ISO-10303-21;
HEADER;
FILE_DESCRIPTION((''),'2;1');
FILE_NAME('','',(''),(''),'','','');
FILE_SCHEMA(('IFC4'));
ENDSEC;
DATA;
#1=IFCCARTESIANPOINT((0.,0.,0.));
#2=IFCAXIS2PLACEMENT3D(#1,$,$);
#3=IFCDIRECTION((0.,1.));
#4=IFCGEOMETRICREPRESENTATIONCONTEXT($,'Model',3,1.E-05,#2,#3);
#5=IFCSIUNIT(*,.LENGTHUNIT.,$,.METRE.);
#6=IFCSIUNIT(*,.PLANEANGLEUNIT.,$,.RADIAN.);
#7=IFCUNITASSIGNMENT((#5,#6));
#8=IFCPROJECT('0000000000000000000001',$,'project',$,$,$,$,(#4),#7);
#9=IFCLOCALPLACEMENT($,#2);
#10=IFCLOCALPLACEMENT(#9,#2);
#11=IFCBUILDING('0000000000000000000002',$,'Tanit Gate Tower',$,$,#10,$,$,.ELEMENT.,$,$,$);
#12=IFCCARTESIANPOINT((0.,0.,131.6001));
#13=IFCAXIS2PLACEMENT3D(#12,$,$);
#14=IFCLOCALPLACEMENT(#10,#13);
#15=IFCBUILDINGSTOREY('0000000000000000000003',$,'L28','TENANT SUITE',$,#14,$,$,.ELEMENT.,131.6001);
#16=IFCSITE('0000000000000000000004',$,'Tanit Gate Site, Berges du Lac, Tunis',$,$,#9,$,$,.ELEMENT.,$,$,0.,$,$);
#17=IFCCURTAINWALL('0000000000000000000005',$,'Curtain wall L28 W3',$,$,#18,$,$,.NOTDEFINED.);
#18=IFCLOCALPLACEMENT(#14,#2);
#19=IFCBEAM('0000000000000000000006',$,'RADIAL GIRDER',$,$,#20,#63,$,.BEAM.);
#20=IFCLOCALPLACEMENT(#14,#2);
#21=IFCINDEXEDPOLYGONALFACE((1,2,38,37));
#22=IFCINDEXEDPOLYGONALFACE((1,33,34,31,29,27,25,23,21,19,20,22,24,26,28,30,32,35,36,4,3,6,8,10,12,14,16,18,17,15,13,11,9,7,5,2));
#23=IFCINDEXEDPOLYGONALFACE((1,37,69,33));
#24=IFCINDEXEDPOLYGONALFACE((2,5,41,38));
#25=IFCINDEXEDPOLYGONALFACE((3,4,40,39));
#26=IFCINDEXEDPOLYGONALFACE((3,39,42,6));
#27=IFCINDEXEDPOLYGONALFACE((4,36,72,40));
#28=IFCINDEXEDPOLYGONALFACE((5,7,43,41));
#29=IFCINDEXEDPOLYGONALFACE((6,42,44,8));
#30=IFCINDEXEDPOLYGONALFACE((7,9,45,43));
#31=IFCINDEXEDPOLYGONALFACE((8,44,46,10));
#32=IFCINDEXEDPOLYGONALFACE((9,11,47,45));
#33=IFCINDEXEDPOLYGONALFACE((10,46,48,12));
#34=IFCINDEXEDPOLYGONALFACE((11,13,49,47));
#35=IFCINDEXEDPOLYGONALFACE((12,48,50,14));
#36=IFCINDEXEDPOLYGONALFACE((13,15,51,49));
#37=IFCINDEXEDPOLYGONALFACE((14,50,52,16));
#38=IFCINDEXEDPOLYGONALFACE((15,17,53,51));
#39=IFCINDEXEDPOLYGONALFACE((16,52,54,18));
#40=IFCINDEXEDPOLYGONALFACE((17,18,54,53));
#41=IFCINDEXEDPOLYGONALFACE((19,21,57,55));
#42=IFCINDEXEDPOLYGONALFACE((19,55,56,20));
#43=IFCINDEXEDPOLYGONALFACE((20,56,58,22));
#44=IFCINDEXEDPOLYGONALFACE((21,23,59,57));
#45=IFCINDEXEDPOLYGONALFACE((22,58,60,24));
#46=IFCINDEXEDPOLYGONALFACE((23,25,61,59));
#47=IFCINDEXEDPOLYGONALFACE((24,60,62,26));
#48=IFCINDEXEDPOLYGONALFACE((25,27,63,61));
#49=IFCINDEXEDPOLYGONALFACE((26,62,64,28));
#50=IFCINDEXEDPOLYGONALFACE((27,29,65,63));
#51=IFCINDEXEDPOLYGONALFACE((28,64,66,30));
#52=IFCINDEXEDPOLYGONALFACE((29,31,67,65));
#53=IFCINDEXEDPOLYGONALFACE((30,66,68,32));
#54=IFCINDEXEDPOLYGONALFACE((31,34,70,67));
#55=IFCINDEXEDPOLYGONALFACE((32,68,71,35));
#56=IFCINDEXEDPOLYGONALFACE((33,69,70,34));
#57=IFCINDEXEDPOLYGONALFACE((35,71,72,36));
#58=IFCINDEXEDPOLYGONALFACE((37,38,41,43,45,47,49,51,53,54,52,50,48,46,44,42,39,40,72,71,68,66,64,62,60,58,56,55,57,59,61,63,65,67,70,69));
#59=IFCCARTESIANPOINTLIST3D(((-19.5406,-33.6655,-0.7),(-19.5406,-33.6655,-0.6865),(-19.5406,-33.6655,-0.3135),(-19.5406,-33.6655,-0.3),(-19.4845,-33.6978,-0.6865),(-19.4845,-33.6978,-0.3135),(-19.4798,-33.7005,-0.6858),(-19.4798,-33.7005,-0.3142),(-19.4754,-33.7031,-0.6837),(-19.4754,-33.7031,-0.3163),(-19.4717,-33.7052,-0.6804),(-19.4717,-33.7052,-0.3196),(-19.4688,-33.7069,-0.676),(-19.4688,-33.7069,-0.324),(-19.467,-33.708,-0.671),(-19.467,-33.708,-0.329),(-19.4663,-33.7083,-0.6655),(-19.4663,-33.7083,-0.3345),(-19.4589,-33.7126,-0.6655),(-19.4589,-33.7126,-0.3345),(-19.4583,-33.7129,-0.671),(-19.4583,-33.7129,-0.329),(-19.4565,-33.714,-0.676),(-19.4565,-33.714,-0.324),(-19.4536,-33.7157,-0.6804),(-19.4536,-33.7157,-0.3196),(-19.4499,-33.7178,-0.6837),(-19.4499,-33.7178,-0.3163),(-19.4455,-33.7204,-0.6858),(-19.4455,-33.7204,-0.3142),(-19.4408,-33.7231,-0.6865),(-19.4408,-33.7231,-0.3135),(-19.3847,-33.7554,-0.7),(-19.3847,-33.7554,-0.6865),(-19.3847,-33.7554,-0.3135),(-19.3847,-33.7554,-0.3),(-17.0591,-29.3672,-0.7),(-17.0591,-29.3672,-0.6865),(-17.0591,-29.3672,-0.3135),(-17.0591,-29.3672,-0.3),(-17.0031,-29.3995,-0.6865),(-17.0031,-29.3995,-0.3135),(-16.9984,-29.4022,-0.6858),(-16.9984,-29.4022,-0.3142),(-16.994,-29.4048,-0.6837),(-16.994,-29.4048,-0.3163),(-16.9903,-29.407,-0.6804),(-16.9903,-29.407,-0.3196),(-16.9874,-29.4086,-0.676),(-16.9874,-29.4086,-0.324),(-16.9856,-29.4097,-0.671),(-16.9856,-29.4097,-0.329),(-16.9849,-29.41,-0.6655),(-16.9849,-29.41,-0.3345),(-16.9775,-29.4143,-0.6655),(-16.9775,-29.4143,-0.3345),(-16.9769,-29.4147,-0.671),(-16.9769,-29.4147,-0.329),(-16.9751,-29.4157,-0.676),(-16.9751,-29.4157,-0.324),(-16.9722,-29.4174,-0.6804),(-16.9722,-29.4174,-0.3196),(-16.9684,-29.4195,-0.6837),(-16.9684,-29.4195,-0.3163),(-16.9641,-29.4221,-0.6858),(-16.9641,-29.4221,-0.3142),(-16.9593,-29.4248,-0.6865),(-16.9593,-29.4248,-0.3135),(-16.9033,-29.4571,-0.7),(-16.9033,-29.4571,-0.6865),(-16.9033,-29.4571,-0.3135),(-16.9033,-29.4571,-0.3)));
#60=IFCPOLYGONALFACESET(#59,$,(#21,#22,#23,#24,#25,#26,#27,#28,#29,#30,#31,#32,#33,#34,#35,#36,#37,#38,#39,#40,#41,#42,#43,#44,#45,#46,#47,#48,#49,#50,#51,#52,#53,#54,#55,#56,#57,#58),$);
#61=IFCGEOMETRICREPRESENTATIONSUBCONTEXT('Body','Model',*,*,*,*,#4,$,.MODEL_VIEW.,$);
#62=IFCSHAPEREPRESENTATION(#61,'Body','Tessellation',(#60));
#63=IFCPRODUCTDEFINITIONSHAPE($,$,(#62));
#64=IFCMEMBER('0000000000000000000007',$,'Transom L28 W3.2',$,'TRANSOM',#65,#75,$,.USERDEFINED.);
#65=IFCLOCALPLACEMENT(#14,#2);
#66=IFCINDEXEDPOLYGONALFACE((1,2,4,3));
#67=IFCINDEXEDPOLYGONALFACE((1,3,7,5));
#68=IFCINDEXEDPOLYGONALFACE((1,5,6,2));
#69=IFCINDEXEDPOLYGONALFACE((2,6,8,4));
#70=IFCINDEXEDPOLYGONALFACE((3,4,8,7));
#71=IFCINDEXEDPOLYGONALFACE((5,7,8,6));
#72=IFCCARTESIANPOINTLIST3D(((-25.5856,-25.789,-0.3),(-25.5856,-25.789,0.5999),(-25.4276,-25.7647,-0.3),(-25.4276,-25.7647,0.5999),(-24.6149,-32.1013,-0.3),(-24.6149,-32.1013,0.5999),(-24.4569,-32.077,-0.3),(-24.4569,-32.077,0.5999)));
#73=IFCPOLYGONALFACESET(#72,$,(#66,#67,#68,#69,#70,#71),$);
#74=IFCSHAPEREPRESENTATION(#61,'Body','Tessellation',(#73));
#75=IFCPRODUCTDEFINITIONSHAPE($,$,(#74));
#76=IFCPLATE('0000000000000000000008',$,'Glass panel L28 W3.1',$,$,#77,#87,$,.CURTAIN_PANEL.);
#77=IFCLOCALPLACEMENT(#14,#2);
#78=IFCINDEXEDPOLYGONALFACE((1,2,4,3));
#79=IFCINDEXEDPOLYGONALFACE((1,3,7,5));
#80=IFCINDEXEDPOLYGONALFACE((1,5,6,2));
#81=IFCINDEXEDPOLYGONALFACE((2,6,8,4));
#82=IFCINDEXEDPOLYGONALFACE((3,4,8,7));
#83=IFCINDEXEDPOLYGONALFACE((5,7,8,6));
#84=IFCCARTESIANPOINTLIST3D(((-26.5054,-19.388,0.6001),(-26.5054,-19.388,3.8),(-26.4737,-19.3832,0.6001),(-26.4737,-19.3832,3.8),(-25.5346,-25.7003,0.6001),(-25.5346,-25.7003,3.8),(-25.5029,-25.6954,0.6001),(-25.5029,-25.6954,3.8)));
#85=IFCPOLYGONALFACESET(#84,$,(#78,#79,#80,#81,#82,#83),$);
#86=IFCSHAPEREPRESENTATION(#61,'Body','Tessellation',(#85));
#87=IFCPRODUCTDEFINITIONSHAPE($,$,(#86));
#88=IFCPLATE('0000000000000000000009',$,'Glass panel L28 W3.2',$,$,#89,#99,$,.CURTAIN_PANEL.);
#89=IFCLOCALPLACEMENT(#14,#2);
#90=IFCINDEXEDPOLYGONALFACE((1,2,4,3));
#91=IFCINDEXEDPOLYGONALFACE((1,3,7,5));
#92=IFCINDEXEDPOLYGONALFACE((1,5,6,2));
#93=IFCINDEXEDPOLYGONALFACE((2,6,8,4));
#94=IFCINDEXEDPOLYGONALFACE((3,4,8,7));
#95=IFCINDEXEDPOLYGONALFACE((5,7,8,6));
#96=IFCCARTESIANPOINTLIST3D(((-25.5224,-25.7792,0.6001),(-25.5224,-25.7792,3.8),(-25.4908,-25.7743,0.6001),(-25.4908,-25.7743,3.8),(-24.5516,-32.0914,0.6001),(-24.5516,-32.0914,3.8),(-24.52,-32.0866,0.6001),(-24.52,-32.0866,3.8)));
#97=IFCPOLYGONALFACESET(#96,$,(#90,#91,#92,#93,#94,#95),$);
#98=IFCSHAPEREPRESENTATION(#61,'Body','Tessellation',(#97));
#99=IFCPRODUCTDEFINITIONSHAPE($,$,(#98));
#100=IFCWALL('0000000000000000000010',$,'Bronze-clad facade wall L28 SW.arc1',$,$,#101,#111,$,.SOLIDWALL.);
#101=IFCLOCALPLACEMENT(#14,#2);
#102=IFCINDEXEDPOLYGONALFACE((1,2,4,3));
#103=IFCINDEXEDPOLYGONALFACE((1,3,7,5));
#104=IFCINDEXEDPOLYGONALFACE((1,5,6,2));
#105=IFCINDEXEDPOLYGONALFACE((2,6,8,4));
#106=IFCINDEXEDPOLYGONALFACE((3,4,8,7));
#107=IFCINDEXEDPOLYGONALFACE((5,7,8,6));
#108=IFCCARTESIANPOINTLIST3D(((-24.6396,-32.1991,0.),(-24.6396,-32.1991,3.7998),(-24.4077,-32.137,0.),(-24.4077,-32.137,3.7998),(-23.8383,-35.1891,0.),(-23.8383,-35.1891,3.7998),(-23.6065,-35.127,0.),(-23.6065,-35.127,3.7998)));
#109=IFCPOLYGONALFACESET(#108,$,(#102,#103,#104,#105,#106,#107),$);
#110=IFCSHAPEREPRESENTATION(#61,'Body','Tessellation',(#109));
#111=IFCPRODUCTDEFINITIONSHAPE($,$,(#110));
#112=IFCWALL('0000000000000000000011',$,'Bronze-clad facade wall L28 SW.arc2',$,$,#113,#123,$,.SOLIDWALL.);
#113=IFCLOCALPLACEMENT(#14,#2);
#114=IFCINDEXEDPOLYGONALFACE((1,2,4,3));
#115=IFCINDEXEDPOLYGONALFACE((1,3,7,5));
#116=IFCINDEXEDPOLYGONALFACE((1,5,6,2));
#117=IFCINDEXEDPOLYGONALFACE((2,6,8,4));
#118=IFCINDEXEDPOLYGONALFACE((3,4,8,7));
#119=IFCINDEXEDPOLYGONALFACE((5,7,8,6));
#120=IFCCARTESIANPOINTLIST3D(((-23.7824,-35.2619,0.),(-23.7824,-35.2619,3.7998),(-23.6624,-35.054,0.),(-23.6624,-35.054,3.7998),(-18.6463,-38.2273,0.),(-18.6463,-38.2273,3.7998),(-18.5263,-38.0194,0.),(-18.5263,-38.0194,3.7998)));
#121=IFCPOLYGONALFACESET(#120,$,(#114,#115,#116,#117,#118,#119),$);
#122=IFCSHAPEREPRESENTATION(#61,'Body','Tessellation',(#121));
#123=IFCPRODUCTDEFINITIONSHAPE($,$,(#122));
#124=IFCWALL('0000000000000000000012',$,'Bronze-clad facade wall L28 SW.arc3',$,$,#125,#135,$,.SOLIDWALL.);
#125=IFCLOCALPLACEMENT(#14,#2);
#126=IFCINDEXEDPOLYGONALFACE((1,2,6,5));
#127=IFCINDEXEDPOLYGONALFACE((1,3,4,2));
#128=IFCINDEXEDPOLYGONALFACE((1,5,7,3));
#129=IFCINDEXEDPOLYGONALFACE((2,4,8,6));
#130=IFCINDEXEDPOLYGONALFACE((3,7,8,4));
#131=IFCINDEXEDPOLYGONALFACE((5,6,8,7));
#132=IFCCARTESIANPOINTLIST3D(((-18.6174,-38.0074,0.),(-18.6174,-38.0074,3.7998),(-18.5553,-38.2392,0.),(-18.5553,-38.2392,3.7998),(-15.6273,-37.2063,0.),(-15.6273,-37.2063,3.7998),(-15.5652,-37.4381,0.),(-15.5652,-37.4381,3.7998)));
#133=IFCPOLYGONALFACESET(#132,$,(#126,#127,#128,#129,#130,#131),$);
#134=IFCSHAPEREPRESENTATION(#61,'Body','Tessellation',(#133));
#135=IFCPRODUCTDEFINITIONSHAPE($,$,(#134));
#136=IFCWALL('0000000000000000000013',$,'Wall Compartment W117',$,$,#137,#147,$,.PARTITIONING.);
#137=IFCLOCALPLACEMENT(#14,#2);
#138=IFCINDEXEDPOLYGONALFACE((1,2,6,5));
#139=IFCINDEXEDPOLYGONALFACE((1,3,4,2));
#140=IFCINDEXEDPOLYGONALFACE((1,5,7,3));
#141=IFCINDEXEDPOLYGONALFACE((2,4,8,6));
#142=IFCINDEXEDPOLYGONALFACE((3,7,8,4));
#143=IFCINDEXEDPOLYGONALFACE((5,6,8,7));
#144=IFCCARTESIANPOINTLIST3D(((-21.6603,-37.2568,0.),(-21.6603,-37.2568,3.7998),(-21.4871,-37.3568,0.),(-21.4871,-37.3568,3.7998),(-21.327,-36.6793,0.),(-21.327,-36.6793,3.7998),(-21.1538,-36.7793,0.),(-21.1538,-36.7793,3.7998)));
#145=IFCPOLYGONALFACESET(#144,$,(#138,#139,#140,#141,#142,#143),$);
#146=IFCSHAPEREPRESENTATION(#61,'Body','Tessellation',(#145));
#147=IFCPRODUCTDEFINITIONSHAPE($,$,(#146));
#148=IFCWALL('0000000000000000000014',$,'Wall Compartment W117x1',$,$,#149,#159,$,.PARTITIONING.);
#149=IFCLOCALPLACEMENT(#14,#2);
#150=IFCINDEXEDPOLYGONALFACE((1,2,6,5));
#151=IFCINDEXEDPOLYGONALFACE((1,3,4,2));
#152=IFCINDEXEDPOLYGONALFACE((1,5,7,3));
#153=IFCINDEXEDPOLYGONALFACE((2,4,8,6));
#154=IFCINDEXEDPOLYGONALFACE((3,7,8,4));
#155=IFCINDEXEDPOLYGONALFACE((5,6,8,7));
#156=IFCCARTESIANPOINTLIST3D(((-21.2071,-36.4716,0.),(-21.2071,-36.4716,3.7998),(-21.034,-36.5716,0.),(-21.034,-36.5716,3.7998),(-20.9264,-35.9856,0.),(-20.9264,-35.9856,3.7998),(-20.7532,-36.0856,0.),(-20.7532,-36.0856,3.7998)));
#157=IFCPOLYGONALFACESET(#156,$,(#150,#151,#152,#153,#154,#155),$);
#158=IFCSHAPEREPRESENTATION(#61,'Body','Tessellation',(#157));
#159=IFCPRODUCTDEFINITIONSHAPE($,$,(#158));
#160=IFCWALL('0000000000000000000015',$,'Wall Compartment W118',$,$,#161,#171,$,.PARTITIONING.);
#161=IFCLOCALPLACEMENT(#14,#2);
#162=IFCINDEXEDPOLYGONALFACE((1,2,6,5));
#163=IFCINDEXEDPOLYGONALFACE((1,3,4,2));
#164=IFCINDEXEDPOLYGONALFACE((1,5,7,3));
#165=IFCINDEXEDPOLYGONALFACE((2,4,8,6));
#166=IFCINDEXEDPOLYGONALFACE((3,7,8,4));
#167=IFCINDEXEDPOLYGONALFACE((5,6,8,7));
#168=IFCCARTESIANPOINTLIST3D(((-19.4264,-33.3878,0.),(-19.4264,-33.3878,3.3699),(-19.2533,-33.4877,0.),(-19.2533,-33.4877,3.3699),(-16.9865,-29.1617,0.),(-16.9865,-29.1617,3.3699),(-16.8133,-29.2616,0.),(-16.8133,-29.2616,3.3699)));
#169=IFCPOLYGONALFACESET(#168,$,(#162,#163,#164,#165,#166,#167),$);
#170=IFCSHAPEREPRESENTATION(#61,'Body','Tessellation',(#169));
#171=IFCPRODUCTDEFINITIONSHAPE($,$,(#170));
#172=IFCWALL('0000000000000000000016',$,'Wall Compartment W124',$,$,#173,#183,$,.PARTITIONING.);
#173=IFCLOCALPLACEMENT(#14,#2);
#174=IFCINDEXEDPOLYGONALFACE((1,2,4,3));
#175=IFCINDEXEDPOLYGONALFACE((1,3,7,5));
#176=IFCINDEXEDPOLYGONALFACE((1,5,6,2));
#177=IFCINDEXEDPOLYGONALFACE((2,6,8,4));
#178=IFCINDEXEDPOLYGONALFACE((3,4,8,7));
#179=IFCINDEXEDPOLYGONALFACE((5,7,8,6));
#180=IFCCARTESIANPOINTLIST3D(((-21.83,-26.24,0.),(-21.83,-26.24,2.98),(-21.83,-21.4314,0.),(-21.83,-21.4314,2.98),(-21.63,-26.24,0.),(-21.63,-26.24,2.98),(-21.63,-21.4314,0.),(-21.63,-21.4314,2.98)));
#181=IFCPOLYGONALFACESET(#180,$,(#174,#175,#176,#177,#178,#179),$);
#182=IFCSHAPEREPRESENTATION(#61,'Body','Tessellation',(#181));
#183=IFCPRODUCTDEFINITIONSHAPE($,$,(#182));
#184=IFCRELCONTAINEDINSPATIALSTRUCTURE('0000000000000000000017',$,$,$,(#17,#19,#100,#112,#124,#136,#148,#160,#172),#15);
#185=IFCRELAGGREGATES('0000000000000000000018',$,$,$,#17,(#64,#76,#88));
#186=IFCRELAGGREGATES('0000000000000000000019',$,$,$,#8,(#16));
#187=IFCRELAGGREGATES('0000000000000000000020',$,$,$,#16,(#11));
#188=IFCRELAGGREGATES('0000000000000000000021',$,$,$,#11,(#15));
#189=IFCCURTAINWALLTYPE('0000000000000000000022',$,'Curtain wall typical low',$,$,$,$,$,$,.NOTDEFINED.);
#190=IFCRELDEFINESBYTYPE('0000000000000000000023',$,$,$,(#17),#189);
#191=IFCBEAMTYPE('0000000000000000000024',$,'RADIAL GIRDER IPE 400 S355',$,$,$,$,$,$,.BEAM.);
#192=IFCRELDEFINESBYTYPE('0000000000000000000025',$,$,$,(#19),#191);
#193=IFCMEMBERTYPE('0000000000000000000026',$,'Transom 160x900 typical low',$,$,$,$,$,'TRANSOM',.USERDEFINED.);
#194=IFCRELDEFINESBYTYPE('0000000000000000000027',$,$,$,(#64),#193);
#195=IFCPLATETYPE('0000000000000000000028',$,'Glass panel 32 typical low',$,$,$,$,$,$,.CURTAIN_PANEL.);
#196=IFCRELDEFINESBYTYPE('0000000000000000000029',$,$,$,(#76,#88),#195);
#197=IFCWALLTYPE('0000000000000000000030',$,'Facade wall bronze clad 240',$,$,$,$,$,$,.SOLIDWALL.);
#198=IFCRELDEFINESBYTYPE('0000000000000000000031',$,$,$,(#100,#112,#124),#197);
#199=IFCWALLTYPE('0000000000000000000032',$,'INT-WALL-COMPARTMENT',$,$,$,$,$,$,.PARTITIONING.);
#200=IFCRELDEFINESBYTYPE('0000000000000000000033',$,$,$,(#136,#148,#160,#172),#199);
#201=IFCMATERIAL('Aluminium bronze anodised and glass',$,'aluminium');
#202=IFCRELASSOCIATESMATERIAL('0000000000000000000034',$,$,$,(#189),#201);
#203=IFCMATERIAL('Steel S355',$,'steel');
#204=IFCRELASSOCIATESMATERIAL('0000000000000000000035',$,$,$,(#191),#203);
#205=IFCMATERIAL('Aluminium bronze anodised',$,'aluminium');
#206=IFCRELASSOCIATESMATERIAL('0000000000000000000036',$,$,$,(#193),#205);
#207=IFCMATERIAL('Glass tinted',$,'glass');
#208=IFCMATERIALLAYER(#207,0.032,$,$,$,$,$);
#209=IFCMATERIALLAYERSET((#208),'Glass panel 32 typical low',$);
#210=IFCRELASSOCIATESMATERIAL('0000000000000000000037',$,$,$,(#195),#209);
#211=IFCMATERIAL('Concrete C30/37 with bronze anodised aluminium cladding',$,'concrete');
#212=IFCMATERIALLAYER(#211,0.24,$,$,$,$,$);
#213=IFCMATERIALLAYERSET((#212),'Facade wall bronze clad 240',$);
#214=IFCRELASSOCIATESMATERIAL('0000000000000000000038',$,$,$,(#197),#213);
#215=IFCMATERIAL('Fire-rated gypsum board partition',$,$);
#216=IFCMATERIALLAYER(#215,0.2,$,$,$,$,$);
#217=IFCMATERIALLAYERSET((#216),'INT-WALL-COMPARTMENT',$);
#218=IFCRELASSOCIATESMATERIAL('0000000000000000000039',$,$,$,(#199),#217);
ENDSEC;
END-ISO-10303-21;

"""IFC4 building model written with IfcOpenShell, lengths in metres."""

from ifc_helpers import new_model, si_unit, direction, frame, frame_2d, origin, origin_2d, place, context, subcontext, project, spatial, rectangle, i_section, extrude, material, layer, layer_set, material_profile, profile_set, type_object, element, aggregate, save


model = new_model("IFC4")

# Units and contexts
model_context = context("Model", 3, precision=1e-05, world=origin(), true_north=direction((0.0, 1.0)))
body_context = subcontext(model_context, "Body", "Model", "MODEL_VIEW")
ifc_project = project(units=[si_unit("LENGTHUNIT", "METRE"), si_unit("PLANEANGLEUNIT", "RADIAN")], contexts=[model_context])

# Site, building, storey
site_placement = place(None, origin())
site = spatial("IfcSite", under=ifc_project, at=site_placement, Name="Tanit Gate Site, Berges du Lac, Tunis", CompositionType="ELEMENT", RefElevation=0.0)
building_placement = place(site_placement, origin())
building = spatial("IfcBuilding", under=site, at=building_placement, Name="Tanit Gate Tower", CompositionType="ELEMENT")
storey_placement = place(building_placement, frame((0.0, 0.0, 131.6001)))
storey = spatial("IfcBuildingStorey", under=building, at=storey_placement, Name="L28", Description="TENANT SUITE", CompositionType="ELEMENT", Elevation=131.6001)

# Curtain wall
ifc_material_1 = material(Name="Aluminium bronze anodised and glass", Category="aluminium")
curtain_wall_type = type_object("IfcCurtainWallType", Name="Curtain wall typical low", PredefinedType="NOTDEFINED", material=ifc_material_1)
curtain_wall_placement = place(storey_placement, origin())
curtain_wall = element("IfcCurtainWall", 1, at=curtain_wall_placement, inside=storey, type_object=curtain_wall_type, Name="Curtain wall L28 W3", PredefinedType="NOTDEFINED")

# Beam
ifc_material_2 = material(Name="Steel S355", Category="steel")
ifc_material_profile_1 = material_profile(ifc_material_2, i_section(OverallWidth=0.1799, OverallDepth=0.3999, WebThickness=0.0085, FlangeThickness=0.0134, FilletRadius=0.021, at=origin_2d()), Name="IPE 400")
ifc_profile_set_1 = profile_set([ifc_material_profile_1], Name="Steel S355")
beam_type_1 = type_object("IfcBeamType", Name="RADIAL GIRDER IPE 400 S355", PredefinedType="BEAM", material=ifc_profile_set_1)
beam_1_placement = place(storey_placement, frame((-19.4626, -33.7104, -0.5), z_axis=(0.499969, 0.866043, 0.0), x_axis=(-0.866043, 0.499969, 0.0)))
element("IfcBeam", 2, at=beam_1_placement, inside=storey, type_object=beam_type_1, Name="RADIAL GIRDER", PredefinedType="BEAM", context=body_context, shape_type="SweptSolid", body=[
    extrude(i_section(OverallWidth=0.1799, OverallDepth=0.3999, WebThickness=0.0085, FlangeThickness=0.0134, FilletRadius=0.021, at=origin_2d()), origin(), (0.0, 0.0, 1.0), 4.9631),
])

# Member
ifc_material_3 = material(Name="Aluminium bronze anodised", Category="aluminium")
ifc_material_profile_2 = material_profile(ifc_material_3, rectangle(XDim=0.1599, YDim=0.8999, at=origin_2d()), Name="160x900 bronze transom")
ifc_profile_set_2 = profile_set([ifc_material_profile_2], Name="Aluminium bronze anodised")
member_type_1 = type_object("IfcMemberType", Name="Transom 160x900 typical low", ElementType="TRANSOM", PredefinedType="USERDEFINED", material=ifc_profile_set_2)
member_1_placement = place(storey_placement, frame((-25.5066, -25.7769, 0.1499), z_axis=(0.151994, -0.988381, 0.0), x_axis=(0.988381, 0.151994, 0.0)))
member_1 = element("IfcMember", 3, at=member_1_placement, type_object=member_type_1, Name="Transom L28 W3.2", ObjectType="TRANSOM", PredefinedType="USERDEFINED", context=body_context, shape_type="SweptSolid", body=[
    extrude(rectangle(XDim=0.1599, YDim=0.8999, at=origin_2d()), origin(), (0.0, 0.0, 1.0), 6.3865),
])

# Plates
ifc_material_4 = material(Name="Glass tinted", Category="glass")
ifc_layer_1 = layer(ifc_material_4, 0.032)
ifc_layer_set_1 = layer_set([ifc_layer_1], Name="Glass panel 32 typical low")
plate_type = type_object("IfcPlateType", Name="Glass panel 32 typical low", PredefinedType="CURTAIN_PANEL", material=ifc_layer_set_1)
plate_1_placement = place(storey_placement, frame((-26.0042, -22.5417, 0.6001), z_axis=(0.0, 0.0, 1.0), x_axis=(0.152008, -0.988379, 0.0)))
plate_1 = element("IfcPlate", 4, at=plate_1_placement, type_object=plate_type, Name="Glass panel L28 W3.1", PredefinedType="CURTAIN_PANEL", context=body_context, shape_type="SweptSolid", body=[
    extrude(rectangle(XDim=6.3865, YDim=0.032, at=origin_2d()), origin(), (0.0, 0.0, 1.0), 3.2),
])
plate_2_placement = place(storey_placement, frame((-25.0212, -28.9329, 0.6001), z_axis=(0.0, 0.0, 1.0), x_axis=(0.152008, -0.988379, 0.0)))
plate_2 = element("IfcPlate", 5, at=plate_2_placement, type_object=plate_type, Name="Glass panel L28 W3.2", PredefinedType="CURTAIN_PANEL", context=body_context, shape_type="SweptSolid", body=[
    extrude(rectangle(XDim=6.3865, YDim=0.032, at=origin_2d()), origin(), (0.0, 0.0, 1.0), 3.2),
])
aggregate(curtain_wall, [member_1, plate_1, plate_2])

# Walls
ifc_material_5 = material(Name="Concrete C30/37 with bronze anodised aluminium cladding", Category="concrete")
ifc_layer_2 = layer(ifc_material_5, 0.24)
ifc_layer_set_2 = layer_set([ifc_layer_2], Name="Facade wall bronze clad 240")
wall_type_1 = type_object("IfcWallType", Name="Facade wall bronze clad 240", PredefinedType="SOLIDWALL", material=ifc_layer_set_2)
wall_1_placement = place(storey_placement, frame((-24.5237, -32.168, 0.0), z_axis=(0.0, 0.0, 1.0), x_axis=(0.25885, -0.965917, 0.0)))
element("IfcWall", 6, at=wall_1_placement, inside=storey, type_object=wall_type_1, Name="Bronze-clad facade wall L28 SW.arc1", PredefinedType="SOLIDWALL", context=body_context, shape_type="SweptSolid", body=[
    extrude(rectangle(XDim=3.0955, YDim=0.24, at=frame_2d((1.5479, 0.0))), origin(), (0.0, 0.0, 1.0), 3.7998),
])
wall_2_placement = place(storey_placement, frame((-23.7224, -35.158, 0.0), z_axis=(0.0, 0.0, 1.0), x_axis=(0.86602, -0.500009, 0.0)))
element("IfcWall", 7, at=wall_2_placement, inside=storey, type_object=wall_type_1, Name="Bronze-clad facade wall L28 SW.arc2", PredefinedType="SOLIDWALL", context=body_context, shape_type="SweptSolid", body=[
    extrude(rectangle(XDim=5.9307, YDim=0.24, at=frame_2d((2.9653, 0.0))), origin(), (0.0, 0.0, 1.0), 3.7998),
])
wall_3_placement = place(storey_placement, frame((-18.5864, -38.1233, 0.0), z_axis=(0.0, 0.0, 1.0), x_axis=(0.965937, 0.258777, 0.0)))
element("IfcWall", 8, at=wall_3_placement, inside=storey, type_object=wall_type_1, Name="Bronze-clad facade wall L28 SW.arc3", PredefinedType="SOLIDWALL", context=body_context, shape_type="SweptSolid", body=[
    extrude(rectangle(XDim=3.0955, YDim=0.24, at=frame_2d((1.5479, 0.0))), origin(), (0.0, 0.0, 1.0), 3.7998),
])
ifc_material_6 = material(Name="Fire-rated gypsum board partition")
ifc_layer_3 = layer(ifc_material_6, 0.2)
ifc_layer_set_3 = layer_set([ifc_layer_3], Name="INT-WALL-COMPARTMENT")
wall_type_2 = type_object("IfcWallType", Name="INT-WALL-COMPARTMENT", PredefinedType="PARTITIONING", material=ifc_layer_set_3)
wall_4_placement = place(storey_placement, frame((-21.5737, -37.3069, 0.0), z_axis=(0.0, 0.0, 1.0), x_axis=(0.499881, 0.866094, 0.0)))
element("IfcWall", 9, at=wall_4_placement, inside=storey, type_object=wall_type_2, Name="Wall Compartment W117", PredefinedType="PARTITIONING", context=body_context, shape_type="SweptSolid", body=[
    extrude(rectangle(XDim=0.6667, YDim=0.2, at=frame_2d((0.3335, 0.0))), origin(), (0.0, 0.0, 1.0), 3.7998),
])
wall_5_placement = place(storey_placement, frame((-21.1206, -36.5217, 0.0), z_axis=(0.0, 0.0, 1.0), x_axis=(0.500162, 0.865932, 0.0)))
element("IfcWall", 10, at=wall_5_placement, inside=storey, type_object=wall_type_2, Name="Wall Compartment W117x1", PredefinedType="PARTITIONING", context=body_context, shape_type="SweptSolid", body=[
    extrude(rectangle(XDim=0.5613, YDim=0.2, at=frame_2d((0.2808, 0.0))), origin(), (0.0, 0.0, 1.0), 3.7998),
])
wall_6_placement = place(storey_placement, frame((-19.3398, -33.4377, 0.0), z_axis=(0.0, 0.0, 1.0), x_axis=(0.500003, 0.866024, 0.0)))
element("IfcWall", 11, at=wall_6_placement, inside=storey, type_object=wall_type_2, Name="Wall Compartment W118", PredefinedType="PARTITIONING", context=body_context, shape_type="SweptSolid", body=[
    extrude(rectangle(XDim=4.8799, YDim=0.2, at=frame_2d((2.4399, 0.0))), origin(), (0.0, 0.0, 1.0), 3.3699),
])
wall_7_placement = place(storey_placement, frame((-21.73, -26.24, 0.0), z_axis=(0.0, 0.0, 1.0), x_axis=(0.0, 1.0, 0.0)))
element("IfcWall", 12, at=wall_7_placement, inside=storey, type_object=wall_type_2, Name="Wall Compartment W124", PredefinedType="PARTITIONING", context=body_context, shape_type="SweptSolid", body=[
    extrude(rectangle(XDim=4.8086, YDim=0.2, at=frame_2d((2.4043, 0.0))), origin(), (0.0, 0.0, 1.0), 2.98),
])

save(model, "model.ifc")
